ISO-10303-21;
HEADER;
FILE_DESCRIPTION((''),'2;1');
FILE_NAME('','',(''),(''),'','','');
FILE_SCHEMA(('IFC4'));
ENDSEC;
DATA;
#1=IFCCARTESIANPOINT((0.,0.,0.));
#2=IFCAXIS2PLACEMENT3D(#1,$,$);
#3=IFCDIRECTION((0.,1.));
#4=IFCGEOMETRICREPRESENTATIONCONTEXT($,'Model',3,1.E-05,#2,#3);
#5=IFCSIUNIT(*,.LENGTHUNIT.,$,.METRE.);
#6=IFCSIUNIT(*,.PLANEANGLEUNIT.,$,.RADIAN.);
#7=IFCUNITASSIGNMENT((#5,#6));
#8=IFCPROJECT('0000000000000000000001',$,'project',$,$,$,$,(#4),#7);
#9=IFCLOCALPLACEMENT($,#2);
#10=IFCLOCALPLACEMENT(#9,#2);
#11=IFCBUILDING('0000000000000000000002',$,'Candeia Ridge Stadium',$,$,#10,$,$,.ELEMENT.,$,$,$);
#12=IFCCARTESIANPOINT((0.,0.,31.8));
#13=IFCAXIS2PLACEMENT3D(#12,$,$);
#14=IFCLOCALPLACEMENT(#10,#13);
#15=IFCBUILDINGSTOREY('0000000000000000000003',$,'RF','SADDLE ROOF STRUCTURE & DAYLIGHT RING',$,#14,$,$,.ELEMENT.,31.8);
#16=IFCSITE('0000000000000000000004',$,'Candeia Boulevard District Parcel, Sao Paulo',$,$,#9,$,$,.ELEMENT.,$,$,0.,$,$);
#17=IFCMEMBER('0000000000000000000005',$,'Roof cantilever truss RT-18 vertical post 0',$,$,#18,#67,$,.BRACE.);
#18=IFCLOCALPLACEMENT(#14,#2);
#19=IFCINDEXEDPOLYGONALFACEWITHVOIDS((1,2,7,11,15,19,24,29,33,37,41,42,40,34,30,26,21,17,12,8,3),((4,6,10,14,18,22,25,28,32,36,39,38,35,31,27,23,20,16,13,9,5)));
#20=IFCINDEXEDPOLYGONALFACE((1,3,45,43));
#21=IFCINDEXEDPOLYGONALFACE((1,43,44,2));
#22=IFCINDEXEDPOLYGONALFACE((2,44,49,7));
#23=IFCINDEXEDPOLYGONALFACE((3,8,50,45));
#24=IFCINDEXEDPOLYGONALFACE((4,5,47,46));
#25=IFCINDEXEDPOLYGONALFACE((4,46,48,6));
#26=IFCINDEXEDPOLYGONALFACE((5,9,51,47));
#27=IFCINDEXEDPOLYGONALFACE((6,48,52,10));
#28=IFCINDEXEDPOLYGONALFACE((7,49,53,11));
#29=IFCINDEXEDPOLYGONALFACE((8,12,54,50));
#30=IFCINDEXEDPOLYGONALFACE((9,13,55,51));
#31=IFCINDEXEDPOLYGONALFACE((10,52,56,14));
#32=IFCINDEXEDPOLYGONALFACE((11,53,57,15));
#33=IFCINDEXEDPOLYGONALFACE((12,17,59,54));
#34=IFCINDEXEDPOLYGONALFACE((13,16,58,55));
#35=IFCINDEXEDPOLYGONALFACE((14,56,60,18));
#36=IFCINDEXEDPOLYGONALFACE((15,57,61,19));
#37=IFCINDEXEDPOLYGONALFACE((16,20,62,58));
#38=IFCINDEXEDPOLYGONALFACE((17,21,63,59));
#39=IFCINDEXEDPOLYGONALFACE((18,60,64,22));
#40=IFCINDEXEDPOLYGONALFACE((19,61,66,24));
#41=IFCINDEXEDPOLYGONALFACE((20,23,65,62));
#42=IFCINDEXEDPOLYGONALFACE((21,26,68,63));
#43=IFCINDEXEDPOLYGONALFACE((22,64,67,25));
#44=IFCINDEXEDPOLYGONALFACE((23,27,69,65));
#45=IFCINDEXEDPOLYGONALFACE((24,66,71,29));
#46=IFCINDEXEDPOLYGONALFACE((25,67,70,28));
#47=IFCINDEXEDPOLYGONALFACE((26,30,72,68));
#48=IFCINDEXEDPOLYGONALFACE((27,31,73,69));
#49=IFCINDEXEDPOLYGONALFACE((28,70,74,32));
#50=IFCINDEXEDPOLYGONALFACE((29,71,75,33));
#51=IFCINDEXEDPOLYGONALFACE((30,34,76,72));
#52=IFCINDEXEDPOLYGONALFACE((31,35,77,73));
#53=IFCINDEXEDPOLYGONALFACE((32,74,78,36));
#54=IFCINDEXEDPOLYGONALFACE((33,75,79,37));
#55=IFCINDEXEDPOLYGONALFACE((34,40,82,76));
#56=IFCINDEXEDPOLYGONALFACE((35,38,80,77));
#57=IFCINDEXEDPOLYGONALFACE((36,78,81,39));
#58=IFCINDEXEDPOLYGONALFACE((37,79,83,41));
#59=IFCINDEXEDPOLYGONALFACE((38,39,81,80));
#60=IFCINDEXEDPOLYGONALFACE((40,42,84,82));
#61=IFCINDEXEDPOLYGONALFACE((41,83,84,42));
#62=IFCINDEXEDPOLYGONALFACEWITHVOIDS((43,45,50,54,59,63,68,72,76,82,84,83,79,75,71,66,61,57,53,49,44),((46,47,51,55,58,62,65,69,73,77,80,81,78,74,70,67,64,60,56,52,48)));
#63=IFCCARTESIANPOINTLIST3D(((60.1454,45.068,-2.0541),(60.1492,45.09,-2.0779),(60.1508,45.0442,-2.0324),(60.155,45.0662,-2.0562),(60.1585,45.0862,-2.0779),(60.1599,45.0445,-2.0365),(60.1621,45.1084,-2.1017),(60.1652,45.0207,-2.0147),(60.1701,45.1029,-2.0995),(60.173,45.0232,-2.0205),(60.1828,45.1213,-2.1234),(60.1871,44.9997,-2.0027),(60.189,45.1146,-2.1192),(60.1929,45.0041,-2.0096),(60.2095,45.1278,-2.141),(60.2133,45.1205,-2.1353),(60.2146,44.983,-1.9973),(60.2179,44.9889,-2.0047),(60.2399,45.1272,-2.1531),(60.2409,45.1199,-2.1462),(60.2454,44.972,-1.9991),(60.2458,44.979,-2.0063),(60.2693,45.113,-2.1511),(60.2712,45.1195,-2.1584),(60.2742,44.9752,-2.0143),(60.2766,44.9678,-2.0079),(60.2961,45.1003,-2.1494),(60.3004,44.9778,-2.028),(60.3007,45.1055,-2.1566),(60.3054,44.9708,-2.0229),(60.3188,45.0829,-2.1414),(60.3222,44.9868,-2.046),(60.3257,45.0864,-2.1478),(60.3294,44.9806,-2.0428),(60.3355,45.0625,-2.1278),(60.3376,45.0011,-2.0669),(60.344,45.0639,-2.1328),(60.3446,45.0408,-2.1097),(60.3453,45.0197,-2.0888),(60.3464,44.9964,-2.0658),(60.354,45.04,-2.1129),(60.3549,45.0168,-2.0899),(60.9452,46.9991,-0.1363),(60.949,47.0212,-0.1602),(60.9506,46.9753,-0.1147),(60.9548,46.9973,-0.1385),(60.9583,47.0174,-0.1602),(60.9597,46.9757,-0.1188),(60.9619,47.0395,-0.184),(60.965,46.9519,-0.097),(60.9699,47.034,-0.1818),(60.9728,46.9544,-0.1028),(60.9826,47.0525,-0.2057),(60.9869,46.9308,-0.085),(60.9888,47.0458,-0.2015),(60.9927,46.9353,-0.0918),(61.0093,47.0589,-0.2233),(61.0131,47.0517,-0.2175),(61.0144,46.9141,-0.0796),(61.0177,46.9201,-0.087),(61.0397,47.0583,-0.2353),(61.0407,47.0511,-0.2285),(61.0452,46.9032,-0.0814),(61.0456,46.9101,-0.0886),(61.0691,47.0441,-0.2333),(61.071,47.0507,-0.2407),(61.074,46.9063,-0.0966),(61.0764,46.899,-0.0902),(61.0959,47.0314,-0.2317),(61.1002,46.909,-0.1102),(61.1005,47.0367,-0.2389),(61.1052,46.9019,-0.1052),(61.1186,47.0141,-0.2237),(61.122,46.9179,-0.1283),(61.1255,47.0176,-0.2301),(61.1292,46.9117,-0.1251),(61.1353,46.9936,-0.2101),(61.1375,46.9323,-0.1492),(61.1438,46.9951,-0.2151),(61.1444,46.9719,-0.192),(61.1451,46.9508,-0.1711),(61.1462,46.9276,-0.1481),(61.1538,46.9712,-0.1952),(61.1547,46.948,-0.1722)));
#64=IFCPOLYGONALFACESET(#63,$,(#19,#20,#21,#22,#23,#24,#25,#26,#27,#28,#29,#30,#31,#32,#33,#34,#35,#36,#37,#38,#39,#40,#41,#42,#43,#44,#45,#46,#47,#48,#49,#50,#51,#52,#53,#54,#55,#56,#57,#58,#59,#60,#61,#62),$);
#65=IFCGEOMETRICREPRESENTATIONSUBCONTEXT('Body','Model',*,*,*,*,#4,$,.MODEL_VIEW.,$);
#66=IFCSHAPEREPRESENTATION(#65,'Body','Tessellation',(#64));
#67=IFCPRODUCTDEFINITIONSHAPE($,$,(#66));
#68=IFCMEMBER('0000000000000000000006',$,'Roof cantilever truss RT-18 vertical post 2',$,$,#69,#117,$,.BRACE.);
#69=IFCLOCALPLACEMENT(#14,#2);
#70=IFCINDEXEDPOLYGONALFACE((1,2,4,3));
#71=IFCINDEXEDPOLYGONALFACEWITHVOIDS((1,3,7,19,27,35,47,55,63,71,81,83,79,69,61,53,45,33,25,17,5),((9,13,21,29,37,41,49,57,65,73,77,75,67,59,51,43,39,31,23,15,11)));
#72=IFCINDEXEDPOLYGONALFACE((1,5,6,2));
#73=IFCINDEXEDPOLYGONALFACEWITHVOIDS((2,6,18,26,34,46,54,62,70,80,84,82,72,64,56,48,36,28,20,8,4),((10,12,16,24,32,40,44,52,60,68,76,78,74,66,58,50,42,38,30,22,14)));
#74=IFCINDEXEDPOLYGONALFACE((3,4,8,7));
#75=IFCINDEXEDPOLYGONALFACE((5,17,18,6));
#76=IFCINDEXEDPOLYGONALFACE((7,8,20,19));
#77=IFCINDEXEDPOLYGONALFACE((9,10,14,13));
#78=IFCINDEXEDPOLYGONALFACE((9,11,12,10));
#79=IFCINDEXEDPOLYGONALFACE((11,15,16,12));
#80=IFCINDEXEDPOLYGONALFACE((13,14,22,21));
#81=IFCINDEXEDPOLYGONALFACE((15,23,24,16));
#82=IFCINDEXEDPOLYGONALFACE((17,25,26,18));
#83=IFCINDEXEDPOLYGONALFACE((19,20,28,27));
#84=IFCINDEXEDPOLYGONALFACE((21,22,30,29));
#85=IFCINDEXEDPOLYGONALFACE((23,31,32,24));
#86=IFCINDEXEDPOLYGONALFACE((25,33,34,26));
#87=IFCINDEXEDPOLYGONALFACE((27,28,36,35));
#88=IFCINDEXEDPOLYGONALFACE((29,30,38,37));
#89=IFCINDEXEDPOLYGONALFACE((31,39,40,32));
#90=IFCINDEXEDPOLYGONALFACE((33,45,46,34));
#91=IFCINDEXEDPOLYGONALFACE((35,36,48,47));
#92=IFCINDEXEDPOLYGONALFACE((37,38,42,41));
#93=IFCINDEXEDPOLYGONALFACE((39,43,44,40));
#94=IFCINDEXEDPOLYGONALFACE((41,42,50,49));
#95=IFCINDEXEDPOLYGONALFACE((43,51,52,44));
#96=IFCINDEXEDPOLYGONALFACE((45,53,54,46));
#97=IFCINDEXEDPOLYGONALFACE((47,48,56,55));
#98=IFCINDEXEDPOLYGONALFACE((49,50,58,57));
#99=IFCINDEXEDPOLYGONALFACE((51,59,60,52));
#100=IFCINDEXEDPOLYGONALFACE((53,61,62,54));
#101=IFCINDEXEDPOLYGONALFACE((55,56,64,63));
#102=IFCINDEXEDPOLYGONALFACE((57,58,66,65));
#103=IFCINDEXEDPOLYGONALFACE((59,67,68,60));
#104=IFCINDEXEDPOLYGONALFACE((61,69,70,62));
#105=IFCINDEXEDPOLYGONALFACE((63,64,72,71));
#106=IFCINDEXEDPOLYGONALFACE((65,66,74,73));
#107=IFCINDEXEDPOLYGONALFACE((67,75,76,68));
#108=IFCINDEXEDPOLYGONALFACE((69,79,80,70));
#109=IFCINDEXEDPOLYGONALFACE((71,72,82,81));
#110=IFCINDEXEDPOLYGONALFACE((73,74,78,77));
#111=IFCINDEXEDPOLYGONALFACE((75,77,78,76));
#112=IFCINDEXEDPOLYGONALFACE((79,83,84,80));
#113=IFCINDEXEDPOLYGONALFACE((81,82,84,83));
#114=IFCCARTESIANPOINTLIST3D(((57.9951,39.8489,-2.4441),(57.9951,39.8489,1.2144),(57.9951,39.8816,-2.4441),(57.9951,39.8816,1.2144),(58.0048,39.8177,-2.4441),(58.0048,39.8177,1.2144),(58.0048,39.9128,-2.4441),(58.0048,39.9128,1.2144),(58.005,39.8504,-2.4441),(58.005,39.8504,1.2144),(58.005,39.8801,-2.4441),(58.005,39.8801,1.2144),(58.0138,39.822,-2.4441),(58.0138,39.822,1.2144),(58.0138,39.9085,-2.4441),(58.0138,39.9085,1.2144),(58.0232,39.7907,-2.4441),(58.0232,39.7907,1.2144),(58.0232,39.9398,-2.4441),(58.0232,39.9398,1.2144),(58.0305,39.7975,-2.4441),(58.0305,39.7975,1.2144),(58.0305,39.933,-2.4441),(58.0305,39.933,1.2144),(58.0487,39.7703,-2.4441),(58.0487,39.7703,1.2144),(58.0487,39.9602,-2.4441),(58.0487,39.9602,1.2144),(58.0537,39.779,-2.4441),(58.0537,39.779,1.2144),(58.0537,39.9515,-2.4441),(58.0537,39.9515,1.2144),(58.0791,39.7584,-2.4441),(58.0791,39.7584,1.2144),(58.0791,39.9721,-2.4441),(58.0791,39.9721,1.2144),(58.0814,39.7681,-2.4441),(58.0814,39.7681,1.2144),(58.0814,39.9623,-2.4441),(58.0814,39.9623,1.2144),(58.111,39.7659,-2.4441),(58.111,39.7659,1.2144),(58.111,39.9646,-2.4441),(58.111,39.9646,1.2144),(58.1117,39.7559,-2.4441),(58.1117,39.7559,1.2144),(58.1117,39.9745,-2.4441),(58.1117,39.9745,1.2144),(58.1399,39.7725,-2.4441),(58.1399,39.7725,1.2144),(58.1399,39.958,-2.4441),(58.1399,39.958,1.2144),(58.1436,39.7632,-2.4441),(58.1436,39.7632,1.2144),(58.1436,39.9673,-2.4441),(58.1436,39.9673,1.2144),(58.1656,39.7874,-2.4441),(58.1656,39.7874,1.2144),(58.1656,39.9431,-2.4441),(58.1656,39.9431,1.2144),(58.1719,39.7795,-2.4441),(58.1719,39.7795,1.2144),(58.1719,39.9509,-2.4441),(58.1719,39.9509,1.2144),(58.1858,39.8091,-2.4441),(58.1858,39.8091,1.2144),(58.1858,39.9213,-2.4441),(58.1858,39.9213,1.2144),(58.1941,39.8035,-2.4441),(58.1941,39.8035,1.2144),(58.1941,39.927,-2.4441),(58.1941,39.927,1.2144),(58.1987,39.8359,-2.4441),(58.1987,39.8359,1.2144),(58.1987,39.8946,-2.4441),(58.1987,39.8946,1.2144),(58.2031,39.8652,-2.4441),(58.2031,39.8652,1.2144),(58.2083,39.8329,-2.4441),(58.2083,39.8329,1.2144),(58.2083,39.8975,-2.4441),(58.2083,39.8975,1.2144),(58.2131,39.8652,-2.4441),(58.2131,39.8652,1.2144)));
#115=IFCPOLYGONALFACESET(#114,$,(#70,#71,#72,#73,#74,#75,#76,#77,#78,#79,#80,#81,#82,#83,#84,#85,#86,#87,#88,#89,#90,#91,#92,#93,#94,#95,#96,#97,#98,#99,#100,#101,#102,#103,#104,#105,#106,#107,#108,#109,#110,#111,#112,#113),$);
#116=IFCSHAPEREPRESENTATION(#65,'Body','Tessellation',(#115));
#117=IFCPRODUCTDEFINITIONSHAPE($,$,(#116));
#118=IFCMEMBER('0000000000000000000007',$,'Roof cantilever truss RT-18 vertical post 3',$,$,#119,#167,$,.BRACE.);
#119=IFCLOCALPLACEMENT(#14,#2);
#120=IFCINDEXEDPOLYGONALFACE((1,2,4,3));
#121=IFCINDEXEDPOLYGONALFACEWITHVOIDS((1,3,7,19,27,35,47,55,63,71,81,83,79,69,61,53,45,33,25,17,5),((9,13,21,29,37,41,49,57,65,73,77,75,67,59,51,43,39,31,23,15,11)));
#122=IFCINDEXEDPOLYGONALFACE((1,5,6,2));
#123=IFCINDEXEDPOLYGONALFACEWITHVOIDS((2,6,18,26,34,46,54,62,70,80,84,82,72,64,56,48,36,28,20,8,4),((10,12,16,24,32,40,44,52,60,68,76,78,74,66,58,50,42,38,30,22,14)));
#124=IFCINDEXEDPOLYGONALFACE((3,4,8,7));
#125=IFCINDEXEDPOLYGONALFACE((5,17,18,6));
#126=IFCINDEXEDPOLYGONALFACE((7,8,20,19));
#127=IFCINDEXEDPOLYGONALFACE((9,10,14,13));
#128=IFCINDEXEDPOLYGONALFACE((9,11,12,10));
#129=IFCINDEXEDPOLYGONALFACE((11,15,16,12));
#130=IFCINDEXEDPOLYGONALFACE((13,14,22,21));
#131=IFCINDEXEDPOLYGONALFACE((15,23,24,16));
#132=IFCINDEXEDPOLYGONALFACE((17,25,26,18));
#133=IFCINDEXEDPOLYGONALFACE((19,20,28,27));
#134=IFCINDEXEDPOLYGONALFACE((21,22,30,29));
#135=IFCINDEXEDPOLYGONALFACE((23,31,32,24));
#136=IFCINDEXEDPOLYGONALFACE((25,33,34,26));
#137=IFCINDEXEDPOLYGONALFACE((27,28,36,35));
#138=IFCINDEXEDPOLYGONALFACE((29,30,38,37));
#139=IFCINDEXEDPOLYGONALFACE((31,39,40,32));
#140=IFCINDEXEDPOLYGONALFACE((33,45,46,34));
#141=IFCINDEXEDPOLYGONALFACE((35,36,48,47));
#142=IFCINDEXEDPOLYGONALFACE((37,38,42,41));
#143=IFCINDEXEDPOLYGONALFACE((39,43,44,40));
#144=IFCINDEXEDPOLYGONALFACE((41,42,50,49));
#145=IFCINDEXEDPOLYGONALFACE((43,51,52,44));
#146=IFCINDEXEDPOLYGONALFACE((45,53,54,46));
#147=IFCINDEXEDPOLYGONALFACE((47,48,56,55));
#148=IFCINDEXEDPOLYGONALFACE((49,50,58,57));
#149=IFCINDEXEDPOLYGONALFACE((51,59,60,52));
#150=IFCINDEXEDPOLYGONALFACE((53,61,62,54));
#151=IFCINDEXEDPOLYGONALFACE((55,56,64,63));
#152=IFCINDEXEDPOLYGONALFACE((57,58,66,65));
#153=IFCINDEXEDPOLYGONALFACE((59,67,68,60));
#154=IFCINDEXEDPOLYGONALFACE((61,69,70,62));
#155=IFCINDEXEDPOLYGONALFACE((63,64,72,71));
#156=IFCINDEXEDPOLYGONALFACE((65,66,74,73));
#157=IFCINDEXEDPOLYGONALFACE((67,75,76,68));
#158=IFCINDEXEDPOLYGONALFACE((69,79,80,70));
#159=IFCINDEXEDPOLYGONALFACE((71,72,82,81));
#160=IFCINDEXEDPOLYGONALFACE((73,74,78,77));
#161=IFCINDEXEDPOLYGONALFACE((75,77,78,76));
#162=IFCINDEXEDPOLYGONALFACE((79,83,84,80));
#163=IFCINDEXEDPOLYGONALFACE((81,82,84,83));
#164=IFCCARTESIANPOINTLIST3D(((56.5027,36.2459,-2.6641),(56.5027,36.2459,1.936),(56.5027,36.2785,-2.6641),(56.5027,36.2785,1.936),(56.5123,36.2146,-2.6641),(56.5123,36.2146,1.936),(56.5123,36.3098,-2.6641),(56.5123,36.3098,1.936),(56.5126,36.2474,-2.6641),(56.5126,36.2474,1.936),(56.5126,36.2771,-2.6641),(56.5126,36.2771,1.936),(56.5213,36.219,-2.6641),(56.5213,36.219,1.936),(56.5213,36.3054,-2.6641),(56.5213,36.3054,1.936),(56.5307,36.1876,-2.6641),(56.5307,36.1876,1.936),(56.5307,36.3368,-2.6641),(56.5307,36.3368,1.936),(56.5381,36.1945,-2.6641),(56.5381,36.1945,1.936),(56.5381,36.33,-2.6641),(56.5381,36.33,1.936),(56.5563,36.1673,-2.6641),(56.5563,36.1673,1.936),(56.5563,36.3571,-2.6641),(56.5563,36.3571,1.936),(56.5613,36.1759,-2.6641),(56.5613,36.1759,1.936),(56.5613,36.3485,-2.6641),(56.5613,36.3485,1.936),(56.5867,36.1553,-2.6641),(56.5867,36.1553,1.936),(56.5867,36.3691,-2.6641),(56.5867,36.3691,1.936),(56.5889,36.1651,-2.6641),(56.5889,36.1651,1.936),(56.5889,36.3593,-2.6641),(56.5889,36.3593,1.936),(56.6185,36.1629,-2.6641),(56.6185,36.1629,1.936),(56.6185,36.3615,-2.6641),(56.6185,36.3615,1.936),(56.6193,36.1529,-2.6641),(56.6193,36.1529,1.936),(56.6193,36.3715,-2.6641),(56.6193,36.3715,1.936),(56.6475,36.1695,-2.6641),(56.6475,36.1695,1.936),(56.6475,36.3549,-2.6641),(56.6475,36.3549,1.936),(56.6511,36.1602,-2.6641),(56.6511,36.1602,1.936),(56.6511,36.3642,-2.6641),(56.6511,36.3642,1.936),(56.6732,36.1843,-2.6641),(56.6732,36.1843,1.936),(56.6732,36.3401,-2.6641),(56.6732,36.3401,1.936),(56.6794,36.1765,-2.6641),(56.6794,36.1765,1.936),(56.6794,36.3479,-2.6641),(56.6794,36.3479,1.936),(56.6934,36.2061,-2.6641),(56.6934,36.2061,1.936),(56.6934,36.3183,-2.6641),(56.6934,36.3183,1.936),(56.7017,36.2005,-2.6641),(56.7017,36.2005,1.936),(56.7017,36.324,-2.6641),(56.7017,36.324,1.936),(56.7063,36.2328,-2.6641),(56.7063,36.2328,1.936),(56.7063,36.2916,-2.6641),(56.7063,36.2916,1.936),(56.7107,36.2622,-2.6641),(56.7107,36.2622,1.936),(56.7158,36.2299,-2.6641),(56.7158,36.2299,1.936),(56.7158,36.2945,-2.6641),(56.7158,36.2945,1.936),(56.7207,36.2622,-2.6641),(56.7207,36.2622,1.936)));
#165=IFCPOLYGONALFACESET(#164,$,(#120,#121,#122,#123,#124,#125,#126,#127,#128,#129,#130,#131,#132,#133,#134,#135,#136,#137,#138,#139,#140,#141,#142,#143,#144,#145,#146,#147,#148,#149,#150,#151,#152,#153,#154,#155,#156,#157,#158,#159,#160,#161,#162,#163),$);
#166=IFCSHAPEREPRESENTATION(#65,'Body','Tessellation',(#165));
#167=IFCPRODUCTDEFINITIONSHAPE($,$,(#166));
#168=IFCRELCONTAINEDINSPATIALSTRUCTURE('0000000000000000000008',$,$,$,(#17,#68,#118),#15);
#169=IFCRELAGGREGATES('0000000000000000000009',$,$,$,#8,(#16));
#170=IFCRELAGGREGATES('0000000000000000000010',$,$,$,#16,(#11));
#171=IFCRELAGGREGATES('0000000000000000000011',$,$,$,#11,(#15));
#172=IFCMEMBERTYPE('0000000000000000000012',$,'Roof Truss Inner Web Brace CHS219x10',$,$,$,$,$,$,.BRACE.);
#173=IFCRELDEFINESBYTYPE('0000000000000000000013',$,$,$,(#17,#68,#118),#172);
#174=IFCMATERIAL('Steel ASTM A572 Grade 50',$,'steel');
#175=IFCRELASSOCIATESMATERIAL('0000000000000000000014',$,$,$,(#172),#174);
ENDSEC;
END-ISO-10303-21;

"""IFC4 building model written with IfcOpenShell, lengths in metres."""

from ifc_helpers import new_model, si_unit, direction, frame, origin, origin_2d, place, context, subcontext, project, spatial, hollow_circle, extrude, material, material_profile, profile_set, type_object, element, save


model = new_model("IFC4")

# Units and contexts
model_context = context("Model", 3, precision=1e-05, world=origin(), true_north=direction((0.0, 1.0)))
body_context = subcontext(model_context, "Body", "Model", "MODEL_VIEW")
ifc_project = project(units=[si_unit("LENGTHUNIT", "METRE"), si_unit("PLANEANGLEUNIT", "RADIAN")], contexts=[model_context])

# Site, building, storey
site_placement = place(None, origin())
site = spatial("IfcSite", under=ifc_project, at=site_placement, Name="Candeia Boulevard District Parcel, Sao Paulo", CompositionType="ELEMENT", RefElevation=0.0)
building_placement = place(site_placement, origin())
building = spatial("IfcBuilding", under=site, at=building_placement, Name="Candeia Ridge Stadium", CompositionType="ELEMENT")
storey_placement = place(building_placement, frame((0.0, 0.0, 31.8)))
storey = spatial("IfcBuildingStorey", under=building, at=storey_placement, Name="RF", Description="SADDLE ROOF STRUCTURE & DAYLIGHT RING", CompositionType="ELEMENT", Elevation=31.8)

# Shared definitions
ifc_material_1 = material(Name="Steel ASTM A572 Grade 50", Category="steel")

# Members
ifc_material_profile_1 = material_profile(ifc_material_1, hollow_circle(Radius=0.1096, WallThickness=0.01, at=origin_2d()), Name="CHS219x10", Category="steel")
ifc_profile_set_1 = profile_set([ifc_material_profile_1], Name="Steel ASTM A572 Grade 50")
member_type_1 = type_object("IfcMemberType", Name="Roof Truss Inner Web Brace CHS219x10", PredefinedType="BRACE", material=ifc_profile_set_1)
member_1_placement = place(storey_placement, frame((60.2505, 45.0481, -2.0779), z_axis=(0.281952, 0.680781, 0.676048), x_axis=(-0.923897, 0.382641, 0.0)))
element("IfcMember", 1, at=member_1_placement, inside=storey, type_object=member_type_1, Name="Roof cantilever truss RT-18 vertical post 0", PredefinedType="BRACE", context=body_context, shape_type="SweptSolid", body=[
    extrude(hollow_circle(Radius=0.1096, WallThickness=0.01, at=origin_2d()), origin(), (0.0, 0.0, 1.0), 2.8367),
])
member_2_placement = place(storey_placement, frame((58.1035, 39.8652, -2.4441), z_axis=(0.0, 0.0, 1.0), x_axis=(1.0, 0.0, 0.0)))
element("IfcMember", 2, at=member_2_placement, inside=storey, type_object=member_type_1, Name="Roof cantilever truss RT-18 vertical post 2", PredefinedType="BRACE", context=body_context, shape_type="SweptSolid", body=[
    extrude(hollow_circle(Radius=0.1096, WallThickness=0.01, at=origin_2d()), origin(), (0.0, 0.0, 1.0), 3.6584),
])
member_3_placement = place(storey_placement, frame((56.6111, 36.2622, -2.6641), z_axis=(0.0, 0.0, 1.0), x_axis=(1.0, 0.0, 0.0)))
element("IfcMember", 3, at=member_3_placement, inside=storey, type_object=member_type_1, Name="Roof cantilever truss RT-18 vertical post 3", PredefinedType="BRACE", context=body_context, shape_type="SweptSolid", body=[
    extrude(hollow_circle(Radius=0.1096, WallThickness=0.01, at=origin_2d()), origin(), (0.0, 0.0, 1.0), 4.6001),
])

save(model, "model.ifc")
